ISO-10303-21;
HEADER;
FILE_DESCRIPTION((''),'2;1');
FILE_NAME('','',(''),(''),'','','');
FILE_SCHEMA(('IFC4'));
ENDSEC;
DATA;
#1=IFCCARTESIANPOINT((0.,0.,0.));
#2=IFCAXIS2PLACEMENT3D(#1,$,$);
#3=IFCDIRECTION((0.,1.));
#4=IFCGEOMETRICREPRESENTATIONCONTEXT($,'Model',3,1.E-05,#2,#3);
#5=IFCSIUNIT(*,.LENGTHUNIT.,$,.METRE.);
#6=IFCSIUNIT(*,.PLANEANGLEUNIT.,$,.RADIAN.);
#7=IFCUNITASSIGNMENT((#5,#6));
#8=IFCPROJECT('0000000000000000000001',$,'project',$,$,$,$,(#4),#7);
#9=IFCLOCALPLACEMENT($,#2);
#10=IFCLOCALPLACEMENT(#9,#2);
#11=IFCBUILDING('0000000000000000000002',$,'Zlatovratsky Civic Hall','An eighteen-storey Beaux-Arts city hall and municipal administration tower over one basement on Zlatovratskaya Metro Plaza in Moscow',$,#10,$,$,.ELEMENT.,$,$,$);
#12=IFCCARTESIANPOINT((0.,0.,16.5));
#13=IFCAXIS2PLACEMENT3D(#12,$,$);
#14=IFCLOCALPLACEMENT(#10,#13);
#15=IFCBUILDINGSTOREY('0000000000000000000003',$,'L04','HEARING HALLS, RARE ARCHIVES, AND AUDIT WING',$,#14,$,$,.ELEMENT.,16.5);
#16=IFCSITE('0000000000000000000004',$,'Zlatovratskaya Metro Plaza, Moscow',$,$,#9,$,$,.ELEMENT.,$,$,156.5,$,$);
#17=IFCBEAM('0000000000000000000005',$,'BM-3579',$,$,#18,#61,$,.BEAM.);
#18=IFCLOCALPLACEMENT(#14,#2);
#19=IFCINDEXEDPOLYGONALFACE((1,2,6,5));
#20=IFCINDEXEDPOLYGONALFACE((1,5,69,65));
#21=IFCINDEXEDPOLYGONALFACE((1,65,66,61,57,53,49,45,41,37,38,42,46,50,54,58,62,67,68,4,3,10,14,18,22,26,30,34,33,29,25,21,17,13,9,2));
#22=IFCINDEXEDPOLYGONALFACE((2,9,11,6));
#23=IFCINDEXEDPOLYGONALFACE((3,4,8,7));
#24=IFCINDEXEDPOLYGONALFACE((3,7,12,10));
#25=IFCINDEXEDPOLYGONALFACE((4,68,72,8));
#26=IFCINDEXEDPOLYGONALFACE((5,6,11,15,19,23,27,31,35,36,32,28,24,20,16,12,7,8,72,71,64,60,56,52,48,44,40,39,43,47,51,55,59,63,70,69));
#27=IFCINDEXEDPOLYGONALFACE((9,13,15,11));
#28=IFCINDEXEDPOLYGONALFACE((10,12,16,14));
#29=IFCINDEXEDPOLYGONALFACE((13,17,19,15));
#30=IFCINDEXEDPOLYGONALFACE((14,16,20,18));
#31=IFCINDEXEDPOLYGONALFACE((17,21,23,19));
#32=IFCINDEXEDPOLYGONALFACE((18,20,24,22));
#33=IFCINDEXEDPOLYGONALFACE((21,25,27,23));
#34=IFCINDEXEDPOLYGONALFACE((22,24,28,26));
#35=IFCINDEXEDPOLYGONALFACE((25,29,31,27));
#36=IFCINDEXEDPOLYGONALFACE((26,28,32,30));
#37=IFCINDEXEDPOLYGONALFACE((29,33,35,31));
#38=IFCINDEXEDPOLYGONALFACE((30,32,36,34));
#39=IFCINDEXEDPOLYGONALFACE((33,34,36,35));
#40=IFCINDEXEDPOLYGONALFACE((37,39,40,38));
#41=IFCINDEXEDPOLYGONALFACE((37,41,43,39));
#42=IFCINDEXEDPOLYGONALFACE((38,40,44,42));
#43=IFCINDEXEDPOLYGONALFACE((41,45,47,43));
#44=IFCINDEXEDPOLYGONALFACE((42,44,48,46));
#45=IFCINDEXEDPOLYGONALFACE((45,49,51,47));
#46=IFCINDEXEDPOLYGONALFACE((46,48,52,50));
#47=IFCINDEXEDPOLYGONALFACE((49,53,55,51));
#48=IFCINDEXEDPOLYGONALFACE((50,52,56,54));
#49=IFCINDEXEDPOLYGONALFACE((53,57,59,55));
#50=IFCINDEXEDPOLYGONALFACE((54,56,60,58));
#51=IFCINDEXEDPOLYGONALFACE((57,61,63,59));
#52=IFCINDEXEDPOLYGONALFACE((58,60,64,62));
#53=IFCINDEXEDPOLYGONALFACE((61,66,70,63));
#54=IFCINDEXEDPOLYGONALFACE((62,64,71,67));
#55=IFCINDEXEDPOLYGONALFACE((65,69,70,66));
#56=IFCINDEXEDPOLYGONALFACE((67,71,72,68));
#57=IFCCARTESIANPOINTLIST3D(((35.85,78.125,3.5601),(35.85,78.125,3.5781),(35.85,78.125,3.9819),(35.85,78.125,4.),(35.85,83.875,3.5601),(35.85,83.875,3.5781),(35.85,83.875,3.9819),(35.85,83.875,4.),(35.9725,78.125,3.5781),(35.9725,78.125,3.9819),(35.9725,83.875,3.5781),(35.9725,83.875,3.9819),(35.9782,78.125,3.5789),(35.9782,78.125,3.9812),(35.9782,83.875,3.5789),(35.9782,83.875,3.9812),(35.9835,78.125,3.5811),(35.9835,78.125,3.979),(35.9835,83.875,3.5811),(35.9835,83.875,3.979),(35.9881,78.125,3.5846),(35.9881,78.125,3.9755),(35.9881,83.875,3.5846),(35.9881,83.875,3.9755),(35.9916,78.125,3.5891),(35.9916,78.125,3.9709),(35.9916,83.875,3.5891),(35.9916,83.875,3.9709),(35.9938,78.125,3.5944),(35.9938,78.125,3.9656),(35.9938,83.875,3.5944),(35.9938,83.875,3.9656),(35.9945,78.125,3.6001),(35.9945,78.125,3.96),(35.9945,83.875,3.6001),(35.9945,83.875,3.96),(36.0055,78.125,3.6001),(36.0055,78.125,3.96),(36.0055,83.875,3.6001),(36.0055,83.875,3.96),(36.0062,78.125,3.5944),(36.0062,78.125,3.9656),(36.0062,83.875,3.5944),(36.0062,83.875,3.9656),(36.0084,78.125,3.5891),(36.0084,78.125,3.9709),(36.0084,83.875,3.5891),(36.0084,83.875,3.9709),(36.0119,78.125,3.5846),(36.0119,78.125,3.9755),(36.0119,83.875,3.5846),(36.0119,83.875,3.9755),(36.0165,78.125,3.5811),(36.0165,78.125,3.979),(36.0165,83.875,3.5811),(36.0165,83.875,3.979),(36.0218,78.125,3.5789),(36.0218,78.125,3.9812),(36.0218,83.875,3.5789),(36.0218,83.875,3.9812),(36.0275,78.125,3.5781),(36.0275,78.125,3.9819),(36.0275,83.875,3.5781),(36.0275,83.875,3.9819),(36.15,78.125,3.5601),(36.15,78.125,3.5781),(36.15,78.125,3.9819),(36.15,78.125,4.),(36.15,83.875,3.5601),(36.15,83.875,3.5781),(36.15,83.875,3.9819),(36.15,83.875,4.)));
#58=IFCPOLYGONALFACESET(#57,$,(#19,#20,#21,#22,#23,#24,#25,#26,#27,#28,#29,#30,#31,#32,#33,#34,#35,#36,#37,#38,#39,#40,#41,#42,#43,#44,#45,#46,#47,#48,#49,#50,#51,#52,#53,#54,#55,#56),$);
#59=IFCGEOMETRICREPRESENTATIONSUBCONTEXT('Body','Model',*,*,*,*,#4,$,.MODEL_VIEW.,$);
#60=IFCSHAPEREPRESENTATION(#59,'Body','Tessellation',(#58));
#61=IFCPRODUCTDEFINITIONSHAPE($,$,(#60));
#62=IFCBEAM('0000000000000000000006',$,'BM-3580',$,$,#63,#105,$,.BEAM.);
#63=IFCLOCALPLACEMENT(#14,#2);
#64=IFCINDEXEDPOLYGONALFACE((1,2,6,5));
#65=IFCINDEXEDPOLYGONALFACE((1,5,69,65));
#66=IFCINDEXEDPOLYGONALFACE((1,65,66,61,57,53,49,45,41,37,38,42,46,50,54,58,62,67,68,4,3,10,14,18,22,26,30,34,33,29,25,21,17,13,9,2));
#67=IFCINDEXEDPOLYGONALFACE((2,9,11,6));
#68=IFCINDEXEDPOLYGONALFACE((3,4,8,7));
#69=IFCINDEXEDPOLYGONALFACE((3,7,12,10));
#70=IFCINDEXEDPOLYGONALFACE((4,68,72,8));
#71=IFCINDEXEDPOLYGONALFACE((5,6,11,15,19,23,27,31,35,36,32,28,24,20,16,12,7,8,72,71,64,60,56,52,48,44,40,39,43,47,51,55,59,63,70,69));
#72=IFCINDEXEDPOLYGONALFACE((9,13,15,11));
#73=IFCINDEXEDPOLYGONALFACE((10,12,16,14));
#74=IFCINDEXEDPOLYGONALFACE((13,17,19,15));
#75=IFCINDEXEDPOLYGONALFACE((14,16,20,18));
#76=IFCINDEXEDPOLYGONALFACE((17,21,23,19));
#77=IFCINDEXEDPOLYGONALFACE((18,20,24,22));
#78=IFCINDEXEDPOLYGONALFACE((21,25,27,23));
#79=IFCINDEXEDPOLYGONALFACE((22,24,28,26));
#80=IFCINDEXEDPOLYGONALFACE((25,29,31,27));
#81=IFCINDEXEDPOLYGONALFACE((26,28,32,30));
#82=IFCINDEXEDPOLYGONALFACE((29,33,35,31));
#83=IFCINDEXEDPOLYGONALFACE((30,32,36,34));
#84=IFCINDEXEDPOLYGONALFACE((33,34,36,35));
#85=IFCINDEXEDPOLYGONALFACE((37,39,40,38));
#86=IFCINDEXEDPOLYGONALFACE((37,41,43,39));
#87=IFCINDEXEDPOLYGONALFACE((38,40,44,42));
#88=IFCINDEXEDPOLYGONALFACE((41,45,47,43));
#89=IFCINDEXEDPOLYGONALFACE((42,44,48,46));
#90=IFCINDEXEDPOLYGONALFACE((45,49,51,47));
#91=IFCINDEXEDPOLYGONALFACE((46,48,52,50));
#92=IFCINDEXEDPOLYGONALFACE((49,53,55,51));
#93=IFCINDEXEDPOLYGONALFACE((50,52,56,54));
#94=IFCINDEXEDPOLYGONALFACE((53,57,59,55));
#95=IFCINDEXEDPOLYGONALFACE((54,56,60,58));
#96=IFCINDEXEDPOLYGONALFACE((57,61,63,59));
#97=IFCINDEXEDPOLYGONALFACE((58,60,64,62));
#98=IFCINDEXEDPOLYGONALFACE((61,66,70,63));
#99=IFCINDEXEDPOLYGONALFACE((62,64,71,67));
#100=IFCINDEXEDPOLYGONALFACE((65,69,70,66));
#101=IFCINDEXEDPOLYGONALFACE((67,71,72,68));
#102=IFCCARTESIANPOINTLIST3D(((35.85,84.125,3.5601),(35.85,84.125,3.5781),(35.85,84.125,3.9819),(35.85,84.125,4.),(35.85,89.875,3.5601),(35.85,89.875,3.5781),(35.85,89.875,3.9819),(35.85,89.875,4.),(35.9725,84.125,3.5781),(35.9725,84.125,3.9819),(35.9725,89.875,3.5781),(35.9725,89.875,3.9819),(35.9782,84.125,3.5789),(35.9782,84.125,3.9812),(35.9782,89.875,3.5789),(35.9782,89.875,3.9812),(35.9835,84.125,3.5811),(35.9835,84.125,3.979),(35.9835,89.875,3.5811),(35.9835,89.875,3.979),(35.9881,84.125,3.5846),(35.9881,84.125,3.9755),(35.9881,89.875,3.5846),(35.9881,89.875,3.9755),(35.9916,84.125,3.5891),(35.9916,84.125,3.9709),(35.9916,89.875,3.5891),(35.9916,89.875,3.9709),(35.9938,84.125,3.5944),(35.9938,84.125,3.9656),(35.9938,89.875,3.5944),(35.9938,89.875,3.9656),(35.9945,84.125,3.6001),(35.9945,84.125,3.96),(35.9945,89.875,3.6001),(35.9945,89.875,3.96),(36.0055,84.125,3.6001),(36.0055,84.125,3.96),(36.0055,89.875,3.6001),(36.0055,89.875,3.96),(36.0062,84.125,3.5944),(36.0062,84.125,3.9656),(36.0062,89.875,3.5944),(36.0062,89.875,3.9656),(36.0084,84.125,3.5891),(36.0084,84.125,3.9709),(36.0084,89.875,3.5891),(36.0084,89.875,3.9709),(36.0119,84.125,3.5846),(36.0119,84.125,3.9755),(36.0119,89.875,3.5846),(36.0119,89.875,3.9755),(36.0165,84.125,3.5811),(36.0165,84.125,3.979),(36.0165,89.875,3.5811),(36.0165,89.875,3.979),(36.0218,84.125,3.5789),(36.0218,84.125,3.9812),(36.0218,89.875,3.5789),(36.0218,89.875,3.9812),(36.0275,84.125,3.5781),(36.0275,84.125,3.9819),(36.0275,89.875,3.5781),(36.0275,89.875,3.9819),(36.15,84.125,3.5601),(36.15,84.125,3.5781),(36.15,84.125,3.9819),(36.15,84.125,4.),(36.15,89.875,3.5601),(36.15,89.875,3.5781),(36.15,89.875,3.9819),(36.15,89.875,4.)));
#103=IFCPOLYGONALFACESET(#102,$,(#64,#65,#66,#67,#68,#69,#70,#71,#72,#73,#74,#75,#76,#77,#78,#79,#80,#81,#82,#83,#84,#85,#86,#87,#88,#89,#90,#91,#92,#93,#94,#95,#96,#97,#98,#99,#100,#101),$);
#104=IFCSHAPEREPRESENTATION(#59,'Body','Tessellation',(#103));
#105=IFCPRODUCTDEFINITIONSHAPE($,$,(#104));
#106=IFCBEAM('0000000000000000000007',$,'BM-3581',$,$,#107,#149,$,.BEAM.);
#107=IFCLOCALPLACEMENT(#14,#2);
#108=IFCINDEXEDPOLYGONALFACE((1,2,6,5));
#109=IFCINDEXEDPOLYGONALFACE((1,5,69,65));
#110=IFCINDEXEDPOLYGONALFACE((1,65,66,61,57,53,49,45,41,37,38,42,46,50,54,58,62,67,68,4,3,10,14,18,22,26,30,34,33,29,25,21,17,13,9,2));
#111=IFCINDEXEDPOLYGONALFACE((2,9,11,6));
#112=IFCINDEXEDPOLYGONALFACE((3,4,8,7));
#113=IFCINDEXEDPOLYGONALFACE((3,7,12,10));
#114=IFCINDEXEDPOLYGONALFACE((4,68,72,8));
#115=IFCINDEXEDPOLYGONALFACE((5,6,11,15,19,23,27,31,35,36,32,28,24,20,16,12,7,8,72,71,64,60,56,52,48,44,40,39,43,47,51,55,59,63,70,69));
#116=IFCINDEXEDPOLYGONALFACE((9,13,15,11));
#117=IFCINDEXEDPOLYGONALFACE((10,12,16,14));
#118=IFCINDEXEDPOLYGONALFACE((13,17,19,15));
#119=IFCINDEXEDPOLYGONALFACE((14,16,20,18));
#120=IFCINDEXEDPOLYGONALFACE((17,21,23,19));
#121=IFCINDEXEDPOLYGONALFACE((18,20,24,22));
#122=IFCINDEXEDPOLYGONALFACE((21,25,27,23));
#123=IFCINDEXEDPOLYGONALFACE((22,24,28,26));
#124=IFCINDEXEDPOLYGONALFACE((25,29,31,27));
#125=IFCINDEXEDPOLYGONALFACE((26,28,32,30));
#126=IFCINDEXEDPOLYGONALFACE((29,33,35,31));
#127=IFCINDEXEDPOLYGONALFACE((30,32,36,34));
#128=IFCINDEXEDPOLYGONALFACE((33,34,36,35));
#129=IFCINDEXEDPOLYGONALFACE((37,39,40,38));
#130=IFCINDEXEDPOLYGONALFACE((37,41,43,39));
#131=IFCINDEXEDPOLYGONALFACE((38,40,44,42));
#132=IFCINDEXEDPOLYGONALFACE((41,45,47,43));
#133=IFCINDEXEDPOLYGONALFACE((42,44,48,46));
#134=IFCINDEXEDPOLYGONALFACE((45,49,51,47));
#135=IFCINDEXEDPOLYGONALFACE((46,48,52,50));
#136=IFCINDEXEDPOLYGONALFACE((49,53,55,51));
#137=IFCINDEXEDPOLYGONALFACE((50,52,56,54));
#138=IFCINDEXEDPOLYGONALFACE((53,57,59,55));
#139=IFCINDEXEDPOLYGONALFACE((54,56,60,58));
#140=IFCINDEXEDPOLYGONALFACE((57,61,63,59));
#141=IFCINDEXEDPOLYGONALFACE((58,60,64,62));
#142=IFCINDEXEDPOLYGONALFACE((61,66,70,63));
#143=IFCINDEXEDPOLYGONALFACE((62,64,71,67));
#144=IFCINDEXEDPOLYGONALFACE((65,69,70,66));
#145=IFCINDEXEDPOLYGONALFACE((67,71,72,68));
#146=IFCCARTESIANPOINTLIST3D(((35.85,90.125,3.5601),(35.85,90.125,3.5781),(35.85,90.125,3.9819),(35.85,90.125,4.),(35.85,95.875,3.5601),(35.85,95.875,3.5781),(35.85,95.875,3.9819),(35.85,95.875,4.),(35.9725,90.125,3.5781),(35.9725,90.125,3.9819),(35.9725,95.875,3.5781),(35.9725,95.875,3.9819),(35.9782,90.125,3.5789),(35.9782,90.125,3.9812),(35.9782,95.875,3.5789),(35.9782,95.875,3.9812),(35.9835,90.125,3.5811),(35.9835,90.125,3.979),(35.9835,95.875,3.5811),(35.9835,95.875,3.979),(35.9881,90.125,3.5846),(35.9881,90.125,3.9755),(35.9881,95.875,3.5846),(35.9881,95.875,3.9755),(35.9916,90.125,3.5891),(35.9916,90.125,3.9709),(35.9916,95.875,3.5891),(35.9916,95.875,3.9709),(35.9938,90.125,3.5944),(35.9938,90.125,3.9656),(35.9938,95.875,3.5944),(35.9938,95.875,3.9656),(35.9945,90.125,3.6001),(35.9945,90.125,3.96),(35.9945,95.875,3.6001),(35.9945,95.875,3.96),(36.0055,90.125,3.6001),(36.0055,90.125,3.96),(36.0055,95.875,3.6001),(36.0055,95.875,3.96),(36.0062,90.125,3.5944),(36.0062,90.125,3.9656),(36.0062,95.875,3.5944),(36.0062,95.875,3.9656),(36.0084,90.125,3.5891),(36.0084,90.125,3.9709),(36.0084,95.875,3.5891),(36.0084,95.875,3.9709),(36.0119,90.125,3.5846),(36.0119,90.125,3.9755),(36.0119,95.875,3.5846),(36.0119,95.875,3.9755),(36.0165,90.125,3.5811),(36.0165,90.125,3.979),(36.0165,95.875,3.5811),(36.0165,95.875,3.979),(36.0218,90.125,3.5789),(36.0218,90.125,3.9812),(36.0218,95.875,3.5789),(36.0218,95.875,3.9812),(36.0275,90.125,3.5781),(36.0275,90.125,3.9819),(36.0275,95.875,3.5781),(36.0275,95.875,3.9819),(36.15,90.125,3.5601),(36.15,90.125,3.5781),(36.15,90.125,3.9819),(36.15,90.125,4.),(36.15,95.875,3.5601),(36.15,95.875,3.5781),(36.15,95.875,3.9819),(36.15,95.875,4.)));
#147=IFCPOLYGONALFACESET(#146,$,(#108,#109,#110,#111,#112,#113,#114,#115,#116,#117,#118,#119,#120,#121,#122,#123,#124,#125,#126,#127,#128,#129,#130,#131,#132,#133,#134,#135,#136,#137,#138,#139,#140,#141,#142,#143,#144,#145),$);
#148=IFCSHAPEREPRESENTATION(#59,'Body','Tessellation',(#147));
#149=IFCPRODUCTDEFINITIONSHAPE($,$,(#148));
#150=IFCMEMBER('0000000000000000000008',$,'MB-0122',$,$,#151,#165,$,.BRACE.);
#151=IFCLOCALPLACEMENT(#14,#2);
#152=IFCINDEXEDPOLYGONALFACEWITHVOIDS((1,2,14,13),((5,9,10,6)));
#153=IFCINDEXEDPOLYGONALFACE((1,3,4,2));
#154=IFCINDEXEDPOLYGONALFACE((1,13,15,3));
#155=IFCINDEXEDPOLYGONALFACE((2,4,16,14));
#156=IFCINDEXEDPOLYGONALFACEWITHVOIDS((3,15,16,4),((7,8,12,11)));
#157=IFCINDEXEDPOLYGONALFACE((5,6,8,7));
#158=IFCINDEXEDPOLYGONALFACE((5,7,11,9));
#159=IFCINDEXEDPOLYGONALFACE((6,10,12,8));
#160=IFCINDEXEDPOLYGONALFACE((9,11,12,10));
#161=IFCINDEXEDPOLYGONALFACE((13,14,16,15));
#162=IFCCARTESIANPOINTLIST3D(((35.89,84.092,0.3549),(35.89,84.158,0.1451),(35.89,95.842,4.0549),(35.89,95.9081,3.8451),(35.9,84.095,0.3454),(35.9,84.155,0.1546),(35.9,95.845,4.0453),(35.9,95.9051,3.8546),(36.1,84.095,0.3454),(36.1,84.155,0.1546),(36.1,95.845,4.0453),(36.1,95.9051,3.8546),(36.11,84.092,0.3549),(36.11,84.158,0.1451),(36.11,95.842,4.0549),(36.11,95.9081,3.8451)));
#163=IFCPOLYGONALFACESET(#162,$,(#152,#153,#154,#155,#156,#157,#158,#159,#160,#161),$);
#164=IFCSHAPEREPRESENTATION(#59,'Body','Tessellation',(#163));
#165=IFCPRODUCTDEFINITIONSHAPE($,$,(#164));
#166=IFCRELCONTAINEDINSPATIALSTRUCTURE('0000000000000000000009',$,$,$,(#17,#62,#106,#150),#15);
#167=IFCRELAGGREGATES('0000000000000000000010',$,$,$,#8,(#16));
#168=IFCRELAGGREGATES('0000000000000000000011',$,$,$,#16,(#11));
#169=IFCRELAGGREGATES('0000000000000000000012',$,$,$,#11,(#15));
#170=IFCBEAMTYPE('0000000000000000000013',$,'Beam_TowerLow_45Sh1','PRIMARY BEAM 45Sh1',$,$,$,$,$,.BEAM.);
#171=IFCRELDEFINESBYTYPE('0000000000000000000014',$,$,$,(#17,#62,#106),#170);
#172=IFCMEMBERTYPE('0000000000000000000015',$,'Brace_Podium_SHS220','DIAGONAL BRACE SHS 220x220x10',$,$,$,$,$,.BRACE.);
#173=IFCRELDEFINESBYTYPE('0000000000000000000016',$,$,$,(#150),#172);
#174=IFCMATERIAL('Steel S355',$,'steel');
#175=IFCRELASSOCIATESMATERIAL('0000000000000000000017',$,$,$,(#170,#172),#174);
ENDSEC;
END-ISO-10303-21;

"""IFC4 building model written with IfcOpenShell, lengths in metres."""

from ifc_helpers import new_model, si_unit, direction, frame, origin, origin_2d, place, context, subcontext, project, spatial, hollow_rectangle, i_section, extrude, material, material_profile, profile_set, type_object, element, save


model = new_model("IFC4")

# Units and contexts
model_context = context("Model", 3, precision=1e-05, world=origin(), true_north=direction((0.0, 1.0)))
body_context = subcontext(model_context, "Body", "Model", "MODEL_VIEW")
ifc_project = project(units=[si_unit("LENGTHUNIT", "METRE"), si_unit("PLANEANGLEUNIT", "RADIAN")], contexts=[model_context])

# Site, building, storey
site_placement = place(None, origin())
site = spatial("IfcSite", under=ifc_project, at=site_placement, Name="Zlatovratskaya Metro Plaza, Moscow", CompositionType="ELEMENT", RefElevation=156.5)
building_placement = place(site_placement, origin())
building = spatial("IfcBuilding", under=site, at=building_placement, Name="Zlatovratsky Civic Hall", Description="An eighteen-storey Beaux-Arts city hall and municipal administration tower over one basement on Zlatovratskaya Metro Plaza in Moscow", CompositionType="ELEMENT")
storey_placement = place(building_placement, frame((0.0, 0.0, 16.5)))
storey = spatial("IfcBuildingStorey", under=building, at=storey_placement, Name="L04", Description="HEARING HALLS, RARE ARCHIVES, AND AUDIT WING", CompositionType="ELEMENT", Elevation=16.5)

# Shared definitions
ifc_material_1 = material(Name="Steel S355", Category="steel")

# Beams
ifc_material_profile_1 = material_profile(ifc_material_1, i_section(OverallWidth=0.3, OverallDepth=0.4399, WebThickness=0.011, FlangeThickness=0.0181, FilletRadius=0.022, at=origin_2d()), Name="45Sh1")
ifc_profile_set_1 = profile_set([ifc_material_profile_1], Name="Steel S355")
beam_type_1 = type_object("IfcBeamType", Name="Beam_TowerLow_45Sh1", Description="PRIMARY BEAM 45Sh1", PredefinedType="BEAM", material=ifc_profile_set_1)
for number, where, z_axis, x_axis, name in (
    (1, (36.0, 78.125, 3.78), (0.0, 1.0, 0.0), (-1.0, 0.0, 0.0), "BM-3579"),
    (2, (36.0, 84.125, 3.78), (0.0, 1.0, 0.0), (-1.0, 0.0, 0.0), "BM-3580"),
    (3, (36.0, 90.125, 3.78), (0.0, 1.0, 0.0), (-1.0, 0.0, 0.0), "BM-3581"),
):
    element("IfcBeam", number, at=place(storey_placement, frame(where, z_axis=z_axis, x_axis=x_axis)), inside=storey, type_object=beam_type_1, Name=name, PredefinedType="BEAM", context=body_context, shape_type="SweptSolid", body=[
        extrude(i_section(OverallWidth=0.3, OverallDepth=0.4399, WebThickness=0.011, FlangeThickness=0.0181, FilletRadius=0.022, at=origin_2d()), origin(), (0.0, 0.0, 1.0), 5.75),
    ])

# Member
ifc_material_profile_2 = material_profile(ifc_material_1, hollow_rectangle(XDim=0.22, YDim=0.22, WallThickness=0.01, at=origin_2d()), Name="SHS 220x220x10")
ifc_profile_set_2 = profile_set([ifc_material_profile_2], Name="Steel S355")
member_type = type_object("IfcMemberType", Name="Brace_Podium_SHS220", Description="DIAGONAL BRACE SHS 220x220x10", PredefinedType="BRACE", material=ifc_profile_set_2)
member_placement = place(storey_placement, frame((36.0, 84.125, 0.25), z_axis=(0.0, 0.953829, 0.300351), x_axis=(-1.0, 0.0, 0.0)))
element("IfcMember", 4, at=member_placement, inside=storey, type_object=member_type, Name="MB-0122", PredefinedType="BRACE", context=body_context, shape_type="SweptSolid", body=[
    extrude(hollow_rectangle(XDim=0.22, YDim=0.22, WallThickness=0.01, at=origin_2d()), origin(), (0.0, 0.0, 1.0), 12.3188),
])

save(model, "model.ifc")
